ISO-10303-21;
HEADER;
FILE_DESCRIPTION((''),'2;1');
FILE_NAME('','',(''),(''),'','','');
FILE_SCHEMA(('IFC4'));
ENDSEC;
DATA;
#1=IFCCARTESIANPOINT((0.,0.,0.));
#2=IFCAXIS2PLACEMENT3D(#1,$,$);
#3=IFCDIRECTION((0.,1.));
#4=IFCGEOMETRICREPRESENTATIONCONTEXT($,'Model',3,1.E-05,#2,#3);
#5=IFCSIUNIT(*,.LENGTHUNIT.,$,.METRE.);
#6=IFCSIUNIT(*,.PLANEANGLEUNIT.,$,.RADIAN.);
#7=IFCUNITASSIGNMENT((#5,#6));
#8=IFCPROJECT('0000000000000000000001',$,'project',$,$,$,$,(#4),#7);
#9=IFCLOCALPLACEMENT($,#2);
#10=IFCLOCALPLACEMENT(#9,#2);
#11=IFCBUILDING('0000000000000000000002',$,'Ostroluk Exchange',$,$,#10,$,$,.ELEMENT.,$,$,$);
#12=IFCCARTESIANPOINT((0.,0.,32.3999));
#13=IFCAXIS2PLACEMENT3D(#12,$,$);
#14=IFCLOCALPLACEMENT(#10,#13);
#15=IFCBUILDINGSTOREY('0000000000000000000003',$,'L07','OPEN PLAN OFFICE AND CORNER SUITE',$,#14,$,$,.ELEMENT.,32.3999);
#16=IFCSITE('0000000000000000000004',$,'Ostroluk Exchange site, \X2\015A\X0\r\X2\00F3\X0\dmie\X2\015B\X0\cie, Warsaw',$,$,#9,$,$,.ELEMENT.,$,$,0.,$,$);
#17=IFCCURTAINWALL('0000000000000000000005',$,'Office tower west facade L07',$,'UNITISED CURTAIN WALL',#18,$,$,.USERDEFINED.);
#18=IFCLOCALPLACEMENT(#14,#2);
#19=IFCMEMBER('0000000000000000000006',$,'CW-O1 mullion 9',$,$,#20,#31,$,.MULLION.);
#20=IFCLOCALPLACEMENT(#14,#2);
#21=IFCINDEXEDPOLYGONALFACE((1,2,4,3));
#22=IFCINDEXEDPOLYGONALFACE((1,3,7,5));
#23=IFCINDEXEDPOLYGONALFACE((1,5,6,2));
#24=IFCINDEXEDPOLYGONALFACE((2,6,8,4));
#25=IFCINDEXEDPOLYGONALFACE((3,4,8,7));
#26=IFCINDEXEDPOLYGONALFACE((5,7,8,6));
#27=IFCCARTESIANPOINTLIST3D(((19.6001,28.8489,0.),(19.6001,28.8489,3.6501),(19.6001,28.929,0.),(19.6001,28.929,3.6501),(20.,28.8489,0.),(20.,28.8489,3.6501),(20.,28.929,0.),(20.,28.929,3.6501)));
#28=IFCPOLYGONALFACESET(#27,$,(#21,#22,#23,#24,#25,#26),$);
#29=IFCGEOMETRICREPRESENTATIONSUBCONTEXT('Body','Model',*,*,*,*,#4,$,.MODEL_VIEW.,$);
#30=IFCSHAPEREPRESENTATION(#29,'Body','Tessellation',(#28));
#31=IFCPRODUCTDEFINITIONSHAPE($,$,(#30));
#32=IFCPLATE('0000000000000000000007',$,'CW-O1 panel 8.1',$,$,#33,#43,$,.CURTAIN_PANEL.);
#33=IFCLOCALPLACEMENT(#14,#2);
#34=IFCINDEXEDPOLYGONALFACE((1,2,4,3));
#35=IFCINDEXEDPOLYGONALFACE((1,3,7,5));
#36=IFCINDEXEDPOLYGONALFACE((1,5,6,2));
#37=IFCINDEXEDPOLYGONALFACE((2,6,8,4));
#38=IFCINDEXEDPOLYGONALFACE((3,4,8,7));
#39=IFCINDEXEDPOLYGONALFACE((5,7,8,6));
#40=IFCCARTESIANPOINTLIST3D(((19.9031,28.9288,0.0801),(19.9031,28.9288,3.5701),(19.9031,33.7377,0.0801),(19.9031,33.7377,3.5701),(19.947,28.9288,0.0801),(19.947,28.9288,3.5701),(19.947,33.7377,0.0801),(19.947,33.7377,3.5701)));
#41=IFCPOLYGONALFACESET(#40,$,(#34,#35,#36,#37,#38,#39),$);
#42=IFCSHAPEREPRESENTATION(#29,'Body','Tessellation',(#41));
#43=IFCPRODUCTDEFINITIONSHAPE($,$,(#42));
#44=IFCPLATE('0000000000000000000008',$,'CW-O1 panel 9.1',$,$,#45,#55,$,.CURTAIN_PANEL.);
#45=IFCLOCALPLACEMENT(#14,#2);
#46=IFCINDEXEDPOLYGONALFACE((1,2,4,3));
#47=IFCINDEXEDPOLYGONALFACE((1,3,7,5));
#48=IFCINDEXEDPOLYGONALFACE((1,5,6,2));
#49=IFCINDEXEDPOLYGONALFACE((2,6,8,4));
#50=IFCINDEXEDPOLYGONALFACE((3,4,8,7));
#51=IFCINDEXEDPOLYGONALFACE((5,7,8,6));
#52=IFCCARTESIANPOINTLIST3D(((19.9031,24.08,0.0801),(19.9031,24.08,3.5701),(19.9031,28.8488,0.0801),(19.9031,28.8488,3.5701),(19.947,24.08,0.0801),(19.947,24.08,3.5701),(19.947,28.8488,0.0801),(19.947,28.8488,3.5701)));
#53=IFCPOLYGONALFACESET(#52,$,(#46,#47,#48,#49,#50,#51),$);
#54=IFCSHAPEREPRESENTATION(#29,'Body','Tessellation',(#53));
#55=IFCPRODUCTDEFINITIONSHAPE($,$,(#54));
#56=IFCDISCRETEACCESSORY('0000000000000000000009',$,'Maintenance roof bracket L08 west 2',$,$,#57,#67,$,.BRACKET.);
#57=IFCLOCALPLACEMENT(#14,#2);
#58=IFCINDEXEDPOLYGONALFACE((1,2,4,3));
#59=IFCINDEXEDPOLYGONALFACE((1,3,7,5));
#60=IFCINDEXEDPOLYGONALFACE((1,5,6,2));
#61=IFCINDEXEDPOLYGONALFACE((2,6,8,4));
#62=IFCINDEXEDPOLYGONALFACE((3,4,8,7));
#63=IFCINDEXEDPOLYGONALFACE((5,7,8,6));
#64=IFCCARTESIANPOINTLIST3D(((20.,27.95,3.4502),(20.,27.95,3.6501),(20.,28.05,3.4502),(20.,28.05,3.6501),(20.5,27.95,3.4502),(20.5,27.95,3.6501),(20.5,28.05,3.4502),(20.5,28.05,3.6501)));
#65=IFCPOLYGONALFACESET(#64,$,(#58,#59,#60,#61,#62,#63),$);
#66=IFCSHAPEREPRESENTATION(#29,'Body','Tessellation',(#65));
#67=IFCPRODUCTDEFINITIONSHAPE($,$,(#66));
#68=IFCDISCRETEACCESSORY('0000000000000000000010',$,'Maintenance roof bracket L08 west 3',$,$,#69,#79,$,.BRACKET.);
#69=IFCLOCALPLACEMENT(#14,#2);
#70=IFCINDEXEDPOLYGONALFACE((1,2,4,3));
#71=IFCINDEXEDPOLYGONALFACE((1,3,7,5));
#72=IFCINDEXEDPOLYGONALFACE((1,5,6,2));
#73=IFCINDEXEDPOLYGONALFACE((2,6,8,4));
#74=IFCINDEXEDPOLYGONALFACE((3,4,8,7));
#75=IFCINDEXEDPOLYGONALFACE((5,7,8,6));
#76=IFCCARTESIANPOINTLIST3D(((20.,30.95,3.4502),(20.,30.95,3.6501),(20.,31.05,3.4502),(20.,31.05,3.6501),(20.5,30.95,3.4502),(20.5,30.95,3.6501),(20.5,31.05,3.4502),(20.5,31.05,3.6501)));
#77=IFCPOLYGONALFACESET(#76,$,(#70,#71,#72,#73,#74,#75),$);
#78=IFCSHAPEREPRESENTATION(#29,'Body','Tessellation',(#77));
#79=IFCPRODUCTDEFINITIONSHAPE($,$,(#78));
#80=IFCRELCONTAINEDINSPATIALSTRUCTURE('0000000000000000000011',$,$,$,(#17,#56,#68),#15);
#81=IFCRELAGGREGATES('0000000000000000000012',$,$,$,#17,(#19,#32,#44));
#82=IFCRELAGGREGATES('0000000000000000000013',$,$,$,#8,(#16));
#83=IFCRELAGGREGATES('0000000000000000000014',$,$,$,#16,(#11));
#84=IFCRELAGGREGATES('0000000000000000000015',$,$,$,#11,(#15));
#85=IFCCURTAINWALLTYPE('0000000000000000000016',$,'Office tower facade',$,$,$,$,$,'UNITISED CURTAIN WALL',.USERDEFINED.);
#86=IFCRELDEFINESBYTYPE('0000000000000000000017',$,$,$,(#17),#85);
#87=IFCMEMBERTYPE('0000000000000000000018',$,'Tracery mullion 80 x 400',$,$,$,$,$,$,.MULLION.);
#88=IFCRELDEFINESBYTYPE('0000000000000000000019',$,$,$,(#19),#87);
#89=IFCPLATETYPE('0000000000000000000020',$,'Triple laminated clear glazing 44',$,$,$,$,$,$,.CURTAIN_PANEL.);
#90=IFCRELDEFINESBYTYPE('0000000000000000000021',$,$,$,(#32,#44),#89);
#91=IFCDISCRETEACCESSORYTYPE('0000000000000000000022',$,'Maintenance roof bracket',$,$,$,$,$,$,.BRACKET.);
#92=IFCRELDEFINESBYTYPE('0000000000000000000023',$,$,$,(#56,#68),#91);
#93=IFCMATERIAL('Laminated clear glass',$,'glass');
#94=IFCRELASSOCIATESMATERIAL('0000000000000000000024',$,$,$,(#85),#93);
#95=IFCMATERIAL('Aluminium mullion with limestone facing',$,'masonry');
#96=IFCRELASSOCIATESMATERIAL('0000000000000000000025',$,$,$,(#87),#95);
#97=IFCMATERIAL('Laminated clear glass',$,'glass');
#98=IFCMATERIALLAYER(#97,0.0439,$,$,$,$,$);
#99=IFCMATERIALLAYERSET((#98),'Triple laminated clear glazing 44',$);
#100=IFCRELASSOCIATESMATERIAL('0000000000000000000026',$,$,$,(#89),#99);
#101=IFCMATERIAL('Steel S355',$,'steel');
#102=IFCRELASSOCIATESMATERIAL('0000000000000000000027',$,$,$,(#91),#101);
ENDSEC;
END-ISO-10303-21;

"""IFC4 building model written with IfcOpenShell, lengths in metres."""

from ifc_helpers import new_model, si_unit, direction, frame, origin, origin_2d, place, context, subcontext, project, spatial, rectangle, extrude, material, layer, layer_set, material_profile, profile_set, type_object, element, aggregate, save


model = new_model("IFC4")

# Units and contexts
model_context = context("Model", 3, precision=1e-05, world=origin(), true_north=direction((0.0, 1.0)))
body_context = subcontext(model_context, "Body", "Model", "MODEL_VIEW")
ifc_project = project(units=[si_unit("LENGTHUNIT", "METRE"), si_unit("PLANEANGLEUNIT", "RADIAN")], contexts=[model_context])

# Site, building, storey
site_placement = place(None, origin())
site = spatial("IfcSite", under=ifc_project, at=site_placement, Name="Ostroluk Exchange site, Śródmieście, Warsaw", CompositionType="ELEMENT", RefElevation=0.0)
building_placement = place(site_placement, origin())
building = spatial("IfcBuilding", under=site, at=building_placement, Name="Ostroluk Exchange", CompositionType="ELEMENT")
storey_placement = place(building_placement, frame((0.0, 0.0, 32.3999)))
storey = spatial("IfcBuildingStorey", under=building, at=storey_placement, Name="L07", Description="OPEN PLAN OFFICE AND CORNER SUITE", CompositionType="ELEMENT", Elevation=32.3999)

# Curtain wall, member, plates
ifc_material_1 = material(Name="Laminated clear glass", Category="glass")
curtain_wall_type = type_object("IfcCurtainWallType", Name="Office tower facade", ElementType="UNITISED CURTAIN WALL", PredefinedType="USERDEFINED", material=ifc_material_1)
curtain_wall_placement = place(storey_placement, origin())
curtain_wall = element("IfcCurtainWall", 1, at=curtain_wall_placement, inside=storey, type_object=curtain_wall_type, Name="Office tower west facade L07", ObjectType="UNITISED CURTAIN WALL", PredefinedType="USERDEFINED")
ifc_material_2 = material(Name="Aluminium mullion with limestone facing", Category="masonry")
ifc_material_profile_1 = material_profile(ifc_material_2, rectangle(XDim=0.3999, YDim=0.0801, at=origin_2d()), Name="Tracery mullion 80 x 400")
ifc_profile_set_1 = profile_set([ifc_material_profile_1], Name="Aluminium mullion with limestone facing")
member_type_1 = type_object("IfcMemberType", Name="Tracery mullion 80 x 400", PredefinedType="MULLION", material=ifc_profile_set_1)
member_1_placement = place(storey_placement, frame((19.8, 28.8889, 0.0), z_axis=(0.0, 0.0, 1.0), x_axis=(1.0, 0.0, 0.0)))
member_1 = element("IfcMember", 2, at=member_1_placement, type_object=member_type_1, Name="CW-O1 mullion 9", PredefinedType="MULLION", context=body_context, shape_type="SweptSolid", body=[
    extrude(rectangle(XDim=0.3999, YDim=0.0801, at=origin_2d()), origin(), (0.0, 0.0, 1.0), 3.6501),
])
ifc_material_3 = material(Name="Laminated clear glass", Category="glass")
ifc_layer = layer(ifc_material_3, 0.0439)
ifc_layer_set = layer_set([ifc_layer], Name="Triple laminated clear glazing 44")
plate_type = type_object("IfcPlateType", Name="Triple laminated clear glazing 44", PredefinedType="CURTAIN_PANEL", material=ifc_layer_set)
plate_1_placement = place(storey_placement, frame((19.925, 31.3333, 0.0801), z_axis=(0.0, 0.0, 1.0), x_axis=(0.0, -1.0, 0.0)))
plate_1 = element("IfcPlate", 3, at=plate_1_placement, type_object=plate_type, Name="CW-O1 panel 8.1", PredefinedType="CURTAIN_PANEL", context=body_context, shape_type="SweptSolid", body=[
    extrude(rectangle(XDim=4.8088, YDim=0.0439, at=origin_2d()), origin(), (0.0, 0.0, 1.0), 3.49),
])
plate_2_placement = place(storey_placement, frame((19.925, 26.4644, 0.0801), z_axis=(0.0, 0.0, 1.0), x_axis=(0.0, -1.0, 0.0)))
plate_2 = element("IfcPlate", 4, at=plate_2_placement, type_object=plate_type, Name="CW-O1 panel 9.1", PredefinedType="CURTAIN_PANEL", context=body_context, shape_type="SweptSolid", body=[
    extrude(rectangle(XDim=4.7688, YDim=0.0439, at=origin_2d()), origin(), (0.0, 0.0, 1.0), 3.49),
])
aggregate(curtain_wall, [member_1, plate_1, plate_2])

# Discrete accessories
ifc_material_4 = material(Name="Steel S355", Category="steel")
discrete_accessory_type = type_object("IfcDiscreteAccessoryType", Name="Maintenance roof bracket", PredefinedType="BRACKET", material=ifc_material_4)
for number, where, z_axis, x_axis, name in (
    (5, (20.25, 28.0, 3.4502), (0.0, 0.0, 1.0), (1.0, 0.0, 0.0), "Maintenance roof bracket L08 west 2"),
    (6, (20.25, 31.0, 3.4502), (0.0, 0.0, 1.0), (1.0, 0.0, 0.0), "Maintenance roof bracket L08 west 3"),
):
    element("IfcDiscreteAccessory", number, at=place(storey_placement, frame(where, z_axis=z_axis, x_axis=x_axis)), inside=storey, type_object=discrete_accessory_type, Name=name, PredefinedType="BRACKET", context=body_context, shape_type="SweptSolid", body=[
        extrude(rectangle(XDim=0.5, YDim=0.1001, at=origin_2d()), origin(), (0.0, 0.0, 1.0), 0.2),
    ])

save(model, "model.ifc")
